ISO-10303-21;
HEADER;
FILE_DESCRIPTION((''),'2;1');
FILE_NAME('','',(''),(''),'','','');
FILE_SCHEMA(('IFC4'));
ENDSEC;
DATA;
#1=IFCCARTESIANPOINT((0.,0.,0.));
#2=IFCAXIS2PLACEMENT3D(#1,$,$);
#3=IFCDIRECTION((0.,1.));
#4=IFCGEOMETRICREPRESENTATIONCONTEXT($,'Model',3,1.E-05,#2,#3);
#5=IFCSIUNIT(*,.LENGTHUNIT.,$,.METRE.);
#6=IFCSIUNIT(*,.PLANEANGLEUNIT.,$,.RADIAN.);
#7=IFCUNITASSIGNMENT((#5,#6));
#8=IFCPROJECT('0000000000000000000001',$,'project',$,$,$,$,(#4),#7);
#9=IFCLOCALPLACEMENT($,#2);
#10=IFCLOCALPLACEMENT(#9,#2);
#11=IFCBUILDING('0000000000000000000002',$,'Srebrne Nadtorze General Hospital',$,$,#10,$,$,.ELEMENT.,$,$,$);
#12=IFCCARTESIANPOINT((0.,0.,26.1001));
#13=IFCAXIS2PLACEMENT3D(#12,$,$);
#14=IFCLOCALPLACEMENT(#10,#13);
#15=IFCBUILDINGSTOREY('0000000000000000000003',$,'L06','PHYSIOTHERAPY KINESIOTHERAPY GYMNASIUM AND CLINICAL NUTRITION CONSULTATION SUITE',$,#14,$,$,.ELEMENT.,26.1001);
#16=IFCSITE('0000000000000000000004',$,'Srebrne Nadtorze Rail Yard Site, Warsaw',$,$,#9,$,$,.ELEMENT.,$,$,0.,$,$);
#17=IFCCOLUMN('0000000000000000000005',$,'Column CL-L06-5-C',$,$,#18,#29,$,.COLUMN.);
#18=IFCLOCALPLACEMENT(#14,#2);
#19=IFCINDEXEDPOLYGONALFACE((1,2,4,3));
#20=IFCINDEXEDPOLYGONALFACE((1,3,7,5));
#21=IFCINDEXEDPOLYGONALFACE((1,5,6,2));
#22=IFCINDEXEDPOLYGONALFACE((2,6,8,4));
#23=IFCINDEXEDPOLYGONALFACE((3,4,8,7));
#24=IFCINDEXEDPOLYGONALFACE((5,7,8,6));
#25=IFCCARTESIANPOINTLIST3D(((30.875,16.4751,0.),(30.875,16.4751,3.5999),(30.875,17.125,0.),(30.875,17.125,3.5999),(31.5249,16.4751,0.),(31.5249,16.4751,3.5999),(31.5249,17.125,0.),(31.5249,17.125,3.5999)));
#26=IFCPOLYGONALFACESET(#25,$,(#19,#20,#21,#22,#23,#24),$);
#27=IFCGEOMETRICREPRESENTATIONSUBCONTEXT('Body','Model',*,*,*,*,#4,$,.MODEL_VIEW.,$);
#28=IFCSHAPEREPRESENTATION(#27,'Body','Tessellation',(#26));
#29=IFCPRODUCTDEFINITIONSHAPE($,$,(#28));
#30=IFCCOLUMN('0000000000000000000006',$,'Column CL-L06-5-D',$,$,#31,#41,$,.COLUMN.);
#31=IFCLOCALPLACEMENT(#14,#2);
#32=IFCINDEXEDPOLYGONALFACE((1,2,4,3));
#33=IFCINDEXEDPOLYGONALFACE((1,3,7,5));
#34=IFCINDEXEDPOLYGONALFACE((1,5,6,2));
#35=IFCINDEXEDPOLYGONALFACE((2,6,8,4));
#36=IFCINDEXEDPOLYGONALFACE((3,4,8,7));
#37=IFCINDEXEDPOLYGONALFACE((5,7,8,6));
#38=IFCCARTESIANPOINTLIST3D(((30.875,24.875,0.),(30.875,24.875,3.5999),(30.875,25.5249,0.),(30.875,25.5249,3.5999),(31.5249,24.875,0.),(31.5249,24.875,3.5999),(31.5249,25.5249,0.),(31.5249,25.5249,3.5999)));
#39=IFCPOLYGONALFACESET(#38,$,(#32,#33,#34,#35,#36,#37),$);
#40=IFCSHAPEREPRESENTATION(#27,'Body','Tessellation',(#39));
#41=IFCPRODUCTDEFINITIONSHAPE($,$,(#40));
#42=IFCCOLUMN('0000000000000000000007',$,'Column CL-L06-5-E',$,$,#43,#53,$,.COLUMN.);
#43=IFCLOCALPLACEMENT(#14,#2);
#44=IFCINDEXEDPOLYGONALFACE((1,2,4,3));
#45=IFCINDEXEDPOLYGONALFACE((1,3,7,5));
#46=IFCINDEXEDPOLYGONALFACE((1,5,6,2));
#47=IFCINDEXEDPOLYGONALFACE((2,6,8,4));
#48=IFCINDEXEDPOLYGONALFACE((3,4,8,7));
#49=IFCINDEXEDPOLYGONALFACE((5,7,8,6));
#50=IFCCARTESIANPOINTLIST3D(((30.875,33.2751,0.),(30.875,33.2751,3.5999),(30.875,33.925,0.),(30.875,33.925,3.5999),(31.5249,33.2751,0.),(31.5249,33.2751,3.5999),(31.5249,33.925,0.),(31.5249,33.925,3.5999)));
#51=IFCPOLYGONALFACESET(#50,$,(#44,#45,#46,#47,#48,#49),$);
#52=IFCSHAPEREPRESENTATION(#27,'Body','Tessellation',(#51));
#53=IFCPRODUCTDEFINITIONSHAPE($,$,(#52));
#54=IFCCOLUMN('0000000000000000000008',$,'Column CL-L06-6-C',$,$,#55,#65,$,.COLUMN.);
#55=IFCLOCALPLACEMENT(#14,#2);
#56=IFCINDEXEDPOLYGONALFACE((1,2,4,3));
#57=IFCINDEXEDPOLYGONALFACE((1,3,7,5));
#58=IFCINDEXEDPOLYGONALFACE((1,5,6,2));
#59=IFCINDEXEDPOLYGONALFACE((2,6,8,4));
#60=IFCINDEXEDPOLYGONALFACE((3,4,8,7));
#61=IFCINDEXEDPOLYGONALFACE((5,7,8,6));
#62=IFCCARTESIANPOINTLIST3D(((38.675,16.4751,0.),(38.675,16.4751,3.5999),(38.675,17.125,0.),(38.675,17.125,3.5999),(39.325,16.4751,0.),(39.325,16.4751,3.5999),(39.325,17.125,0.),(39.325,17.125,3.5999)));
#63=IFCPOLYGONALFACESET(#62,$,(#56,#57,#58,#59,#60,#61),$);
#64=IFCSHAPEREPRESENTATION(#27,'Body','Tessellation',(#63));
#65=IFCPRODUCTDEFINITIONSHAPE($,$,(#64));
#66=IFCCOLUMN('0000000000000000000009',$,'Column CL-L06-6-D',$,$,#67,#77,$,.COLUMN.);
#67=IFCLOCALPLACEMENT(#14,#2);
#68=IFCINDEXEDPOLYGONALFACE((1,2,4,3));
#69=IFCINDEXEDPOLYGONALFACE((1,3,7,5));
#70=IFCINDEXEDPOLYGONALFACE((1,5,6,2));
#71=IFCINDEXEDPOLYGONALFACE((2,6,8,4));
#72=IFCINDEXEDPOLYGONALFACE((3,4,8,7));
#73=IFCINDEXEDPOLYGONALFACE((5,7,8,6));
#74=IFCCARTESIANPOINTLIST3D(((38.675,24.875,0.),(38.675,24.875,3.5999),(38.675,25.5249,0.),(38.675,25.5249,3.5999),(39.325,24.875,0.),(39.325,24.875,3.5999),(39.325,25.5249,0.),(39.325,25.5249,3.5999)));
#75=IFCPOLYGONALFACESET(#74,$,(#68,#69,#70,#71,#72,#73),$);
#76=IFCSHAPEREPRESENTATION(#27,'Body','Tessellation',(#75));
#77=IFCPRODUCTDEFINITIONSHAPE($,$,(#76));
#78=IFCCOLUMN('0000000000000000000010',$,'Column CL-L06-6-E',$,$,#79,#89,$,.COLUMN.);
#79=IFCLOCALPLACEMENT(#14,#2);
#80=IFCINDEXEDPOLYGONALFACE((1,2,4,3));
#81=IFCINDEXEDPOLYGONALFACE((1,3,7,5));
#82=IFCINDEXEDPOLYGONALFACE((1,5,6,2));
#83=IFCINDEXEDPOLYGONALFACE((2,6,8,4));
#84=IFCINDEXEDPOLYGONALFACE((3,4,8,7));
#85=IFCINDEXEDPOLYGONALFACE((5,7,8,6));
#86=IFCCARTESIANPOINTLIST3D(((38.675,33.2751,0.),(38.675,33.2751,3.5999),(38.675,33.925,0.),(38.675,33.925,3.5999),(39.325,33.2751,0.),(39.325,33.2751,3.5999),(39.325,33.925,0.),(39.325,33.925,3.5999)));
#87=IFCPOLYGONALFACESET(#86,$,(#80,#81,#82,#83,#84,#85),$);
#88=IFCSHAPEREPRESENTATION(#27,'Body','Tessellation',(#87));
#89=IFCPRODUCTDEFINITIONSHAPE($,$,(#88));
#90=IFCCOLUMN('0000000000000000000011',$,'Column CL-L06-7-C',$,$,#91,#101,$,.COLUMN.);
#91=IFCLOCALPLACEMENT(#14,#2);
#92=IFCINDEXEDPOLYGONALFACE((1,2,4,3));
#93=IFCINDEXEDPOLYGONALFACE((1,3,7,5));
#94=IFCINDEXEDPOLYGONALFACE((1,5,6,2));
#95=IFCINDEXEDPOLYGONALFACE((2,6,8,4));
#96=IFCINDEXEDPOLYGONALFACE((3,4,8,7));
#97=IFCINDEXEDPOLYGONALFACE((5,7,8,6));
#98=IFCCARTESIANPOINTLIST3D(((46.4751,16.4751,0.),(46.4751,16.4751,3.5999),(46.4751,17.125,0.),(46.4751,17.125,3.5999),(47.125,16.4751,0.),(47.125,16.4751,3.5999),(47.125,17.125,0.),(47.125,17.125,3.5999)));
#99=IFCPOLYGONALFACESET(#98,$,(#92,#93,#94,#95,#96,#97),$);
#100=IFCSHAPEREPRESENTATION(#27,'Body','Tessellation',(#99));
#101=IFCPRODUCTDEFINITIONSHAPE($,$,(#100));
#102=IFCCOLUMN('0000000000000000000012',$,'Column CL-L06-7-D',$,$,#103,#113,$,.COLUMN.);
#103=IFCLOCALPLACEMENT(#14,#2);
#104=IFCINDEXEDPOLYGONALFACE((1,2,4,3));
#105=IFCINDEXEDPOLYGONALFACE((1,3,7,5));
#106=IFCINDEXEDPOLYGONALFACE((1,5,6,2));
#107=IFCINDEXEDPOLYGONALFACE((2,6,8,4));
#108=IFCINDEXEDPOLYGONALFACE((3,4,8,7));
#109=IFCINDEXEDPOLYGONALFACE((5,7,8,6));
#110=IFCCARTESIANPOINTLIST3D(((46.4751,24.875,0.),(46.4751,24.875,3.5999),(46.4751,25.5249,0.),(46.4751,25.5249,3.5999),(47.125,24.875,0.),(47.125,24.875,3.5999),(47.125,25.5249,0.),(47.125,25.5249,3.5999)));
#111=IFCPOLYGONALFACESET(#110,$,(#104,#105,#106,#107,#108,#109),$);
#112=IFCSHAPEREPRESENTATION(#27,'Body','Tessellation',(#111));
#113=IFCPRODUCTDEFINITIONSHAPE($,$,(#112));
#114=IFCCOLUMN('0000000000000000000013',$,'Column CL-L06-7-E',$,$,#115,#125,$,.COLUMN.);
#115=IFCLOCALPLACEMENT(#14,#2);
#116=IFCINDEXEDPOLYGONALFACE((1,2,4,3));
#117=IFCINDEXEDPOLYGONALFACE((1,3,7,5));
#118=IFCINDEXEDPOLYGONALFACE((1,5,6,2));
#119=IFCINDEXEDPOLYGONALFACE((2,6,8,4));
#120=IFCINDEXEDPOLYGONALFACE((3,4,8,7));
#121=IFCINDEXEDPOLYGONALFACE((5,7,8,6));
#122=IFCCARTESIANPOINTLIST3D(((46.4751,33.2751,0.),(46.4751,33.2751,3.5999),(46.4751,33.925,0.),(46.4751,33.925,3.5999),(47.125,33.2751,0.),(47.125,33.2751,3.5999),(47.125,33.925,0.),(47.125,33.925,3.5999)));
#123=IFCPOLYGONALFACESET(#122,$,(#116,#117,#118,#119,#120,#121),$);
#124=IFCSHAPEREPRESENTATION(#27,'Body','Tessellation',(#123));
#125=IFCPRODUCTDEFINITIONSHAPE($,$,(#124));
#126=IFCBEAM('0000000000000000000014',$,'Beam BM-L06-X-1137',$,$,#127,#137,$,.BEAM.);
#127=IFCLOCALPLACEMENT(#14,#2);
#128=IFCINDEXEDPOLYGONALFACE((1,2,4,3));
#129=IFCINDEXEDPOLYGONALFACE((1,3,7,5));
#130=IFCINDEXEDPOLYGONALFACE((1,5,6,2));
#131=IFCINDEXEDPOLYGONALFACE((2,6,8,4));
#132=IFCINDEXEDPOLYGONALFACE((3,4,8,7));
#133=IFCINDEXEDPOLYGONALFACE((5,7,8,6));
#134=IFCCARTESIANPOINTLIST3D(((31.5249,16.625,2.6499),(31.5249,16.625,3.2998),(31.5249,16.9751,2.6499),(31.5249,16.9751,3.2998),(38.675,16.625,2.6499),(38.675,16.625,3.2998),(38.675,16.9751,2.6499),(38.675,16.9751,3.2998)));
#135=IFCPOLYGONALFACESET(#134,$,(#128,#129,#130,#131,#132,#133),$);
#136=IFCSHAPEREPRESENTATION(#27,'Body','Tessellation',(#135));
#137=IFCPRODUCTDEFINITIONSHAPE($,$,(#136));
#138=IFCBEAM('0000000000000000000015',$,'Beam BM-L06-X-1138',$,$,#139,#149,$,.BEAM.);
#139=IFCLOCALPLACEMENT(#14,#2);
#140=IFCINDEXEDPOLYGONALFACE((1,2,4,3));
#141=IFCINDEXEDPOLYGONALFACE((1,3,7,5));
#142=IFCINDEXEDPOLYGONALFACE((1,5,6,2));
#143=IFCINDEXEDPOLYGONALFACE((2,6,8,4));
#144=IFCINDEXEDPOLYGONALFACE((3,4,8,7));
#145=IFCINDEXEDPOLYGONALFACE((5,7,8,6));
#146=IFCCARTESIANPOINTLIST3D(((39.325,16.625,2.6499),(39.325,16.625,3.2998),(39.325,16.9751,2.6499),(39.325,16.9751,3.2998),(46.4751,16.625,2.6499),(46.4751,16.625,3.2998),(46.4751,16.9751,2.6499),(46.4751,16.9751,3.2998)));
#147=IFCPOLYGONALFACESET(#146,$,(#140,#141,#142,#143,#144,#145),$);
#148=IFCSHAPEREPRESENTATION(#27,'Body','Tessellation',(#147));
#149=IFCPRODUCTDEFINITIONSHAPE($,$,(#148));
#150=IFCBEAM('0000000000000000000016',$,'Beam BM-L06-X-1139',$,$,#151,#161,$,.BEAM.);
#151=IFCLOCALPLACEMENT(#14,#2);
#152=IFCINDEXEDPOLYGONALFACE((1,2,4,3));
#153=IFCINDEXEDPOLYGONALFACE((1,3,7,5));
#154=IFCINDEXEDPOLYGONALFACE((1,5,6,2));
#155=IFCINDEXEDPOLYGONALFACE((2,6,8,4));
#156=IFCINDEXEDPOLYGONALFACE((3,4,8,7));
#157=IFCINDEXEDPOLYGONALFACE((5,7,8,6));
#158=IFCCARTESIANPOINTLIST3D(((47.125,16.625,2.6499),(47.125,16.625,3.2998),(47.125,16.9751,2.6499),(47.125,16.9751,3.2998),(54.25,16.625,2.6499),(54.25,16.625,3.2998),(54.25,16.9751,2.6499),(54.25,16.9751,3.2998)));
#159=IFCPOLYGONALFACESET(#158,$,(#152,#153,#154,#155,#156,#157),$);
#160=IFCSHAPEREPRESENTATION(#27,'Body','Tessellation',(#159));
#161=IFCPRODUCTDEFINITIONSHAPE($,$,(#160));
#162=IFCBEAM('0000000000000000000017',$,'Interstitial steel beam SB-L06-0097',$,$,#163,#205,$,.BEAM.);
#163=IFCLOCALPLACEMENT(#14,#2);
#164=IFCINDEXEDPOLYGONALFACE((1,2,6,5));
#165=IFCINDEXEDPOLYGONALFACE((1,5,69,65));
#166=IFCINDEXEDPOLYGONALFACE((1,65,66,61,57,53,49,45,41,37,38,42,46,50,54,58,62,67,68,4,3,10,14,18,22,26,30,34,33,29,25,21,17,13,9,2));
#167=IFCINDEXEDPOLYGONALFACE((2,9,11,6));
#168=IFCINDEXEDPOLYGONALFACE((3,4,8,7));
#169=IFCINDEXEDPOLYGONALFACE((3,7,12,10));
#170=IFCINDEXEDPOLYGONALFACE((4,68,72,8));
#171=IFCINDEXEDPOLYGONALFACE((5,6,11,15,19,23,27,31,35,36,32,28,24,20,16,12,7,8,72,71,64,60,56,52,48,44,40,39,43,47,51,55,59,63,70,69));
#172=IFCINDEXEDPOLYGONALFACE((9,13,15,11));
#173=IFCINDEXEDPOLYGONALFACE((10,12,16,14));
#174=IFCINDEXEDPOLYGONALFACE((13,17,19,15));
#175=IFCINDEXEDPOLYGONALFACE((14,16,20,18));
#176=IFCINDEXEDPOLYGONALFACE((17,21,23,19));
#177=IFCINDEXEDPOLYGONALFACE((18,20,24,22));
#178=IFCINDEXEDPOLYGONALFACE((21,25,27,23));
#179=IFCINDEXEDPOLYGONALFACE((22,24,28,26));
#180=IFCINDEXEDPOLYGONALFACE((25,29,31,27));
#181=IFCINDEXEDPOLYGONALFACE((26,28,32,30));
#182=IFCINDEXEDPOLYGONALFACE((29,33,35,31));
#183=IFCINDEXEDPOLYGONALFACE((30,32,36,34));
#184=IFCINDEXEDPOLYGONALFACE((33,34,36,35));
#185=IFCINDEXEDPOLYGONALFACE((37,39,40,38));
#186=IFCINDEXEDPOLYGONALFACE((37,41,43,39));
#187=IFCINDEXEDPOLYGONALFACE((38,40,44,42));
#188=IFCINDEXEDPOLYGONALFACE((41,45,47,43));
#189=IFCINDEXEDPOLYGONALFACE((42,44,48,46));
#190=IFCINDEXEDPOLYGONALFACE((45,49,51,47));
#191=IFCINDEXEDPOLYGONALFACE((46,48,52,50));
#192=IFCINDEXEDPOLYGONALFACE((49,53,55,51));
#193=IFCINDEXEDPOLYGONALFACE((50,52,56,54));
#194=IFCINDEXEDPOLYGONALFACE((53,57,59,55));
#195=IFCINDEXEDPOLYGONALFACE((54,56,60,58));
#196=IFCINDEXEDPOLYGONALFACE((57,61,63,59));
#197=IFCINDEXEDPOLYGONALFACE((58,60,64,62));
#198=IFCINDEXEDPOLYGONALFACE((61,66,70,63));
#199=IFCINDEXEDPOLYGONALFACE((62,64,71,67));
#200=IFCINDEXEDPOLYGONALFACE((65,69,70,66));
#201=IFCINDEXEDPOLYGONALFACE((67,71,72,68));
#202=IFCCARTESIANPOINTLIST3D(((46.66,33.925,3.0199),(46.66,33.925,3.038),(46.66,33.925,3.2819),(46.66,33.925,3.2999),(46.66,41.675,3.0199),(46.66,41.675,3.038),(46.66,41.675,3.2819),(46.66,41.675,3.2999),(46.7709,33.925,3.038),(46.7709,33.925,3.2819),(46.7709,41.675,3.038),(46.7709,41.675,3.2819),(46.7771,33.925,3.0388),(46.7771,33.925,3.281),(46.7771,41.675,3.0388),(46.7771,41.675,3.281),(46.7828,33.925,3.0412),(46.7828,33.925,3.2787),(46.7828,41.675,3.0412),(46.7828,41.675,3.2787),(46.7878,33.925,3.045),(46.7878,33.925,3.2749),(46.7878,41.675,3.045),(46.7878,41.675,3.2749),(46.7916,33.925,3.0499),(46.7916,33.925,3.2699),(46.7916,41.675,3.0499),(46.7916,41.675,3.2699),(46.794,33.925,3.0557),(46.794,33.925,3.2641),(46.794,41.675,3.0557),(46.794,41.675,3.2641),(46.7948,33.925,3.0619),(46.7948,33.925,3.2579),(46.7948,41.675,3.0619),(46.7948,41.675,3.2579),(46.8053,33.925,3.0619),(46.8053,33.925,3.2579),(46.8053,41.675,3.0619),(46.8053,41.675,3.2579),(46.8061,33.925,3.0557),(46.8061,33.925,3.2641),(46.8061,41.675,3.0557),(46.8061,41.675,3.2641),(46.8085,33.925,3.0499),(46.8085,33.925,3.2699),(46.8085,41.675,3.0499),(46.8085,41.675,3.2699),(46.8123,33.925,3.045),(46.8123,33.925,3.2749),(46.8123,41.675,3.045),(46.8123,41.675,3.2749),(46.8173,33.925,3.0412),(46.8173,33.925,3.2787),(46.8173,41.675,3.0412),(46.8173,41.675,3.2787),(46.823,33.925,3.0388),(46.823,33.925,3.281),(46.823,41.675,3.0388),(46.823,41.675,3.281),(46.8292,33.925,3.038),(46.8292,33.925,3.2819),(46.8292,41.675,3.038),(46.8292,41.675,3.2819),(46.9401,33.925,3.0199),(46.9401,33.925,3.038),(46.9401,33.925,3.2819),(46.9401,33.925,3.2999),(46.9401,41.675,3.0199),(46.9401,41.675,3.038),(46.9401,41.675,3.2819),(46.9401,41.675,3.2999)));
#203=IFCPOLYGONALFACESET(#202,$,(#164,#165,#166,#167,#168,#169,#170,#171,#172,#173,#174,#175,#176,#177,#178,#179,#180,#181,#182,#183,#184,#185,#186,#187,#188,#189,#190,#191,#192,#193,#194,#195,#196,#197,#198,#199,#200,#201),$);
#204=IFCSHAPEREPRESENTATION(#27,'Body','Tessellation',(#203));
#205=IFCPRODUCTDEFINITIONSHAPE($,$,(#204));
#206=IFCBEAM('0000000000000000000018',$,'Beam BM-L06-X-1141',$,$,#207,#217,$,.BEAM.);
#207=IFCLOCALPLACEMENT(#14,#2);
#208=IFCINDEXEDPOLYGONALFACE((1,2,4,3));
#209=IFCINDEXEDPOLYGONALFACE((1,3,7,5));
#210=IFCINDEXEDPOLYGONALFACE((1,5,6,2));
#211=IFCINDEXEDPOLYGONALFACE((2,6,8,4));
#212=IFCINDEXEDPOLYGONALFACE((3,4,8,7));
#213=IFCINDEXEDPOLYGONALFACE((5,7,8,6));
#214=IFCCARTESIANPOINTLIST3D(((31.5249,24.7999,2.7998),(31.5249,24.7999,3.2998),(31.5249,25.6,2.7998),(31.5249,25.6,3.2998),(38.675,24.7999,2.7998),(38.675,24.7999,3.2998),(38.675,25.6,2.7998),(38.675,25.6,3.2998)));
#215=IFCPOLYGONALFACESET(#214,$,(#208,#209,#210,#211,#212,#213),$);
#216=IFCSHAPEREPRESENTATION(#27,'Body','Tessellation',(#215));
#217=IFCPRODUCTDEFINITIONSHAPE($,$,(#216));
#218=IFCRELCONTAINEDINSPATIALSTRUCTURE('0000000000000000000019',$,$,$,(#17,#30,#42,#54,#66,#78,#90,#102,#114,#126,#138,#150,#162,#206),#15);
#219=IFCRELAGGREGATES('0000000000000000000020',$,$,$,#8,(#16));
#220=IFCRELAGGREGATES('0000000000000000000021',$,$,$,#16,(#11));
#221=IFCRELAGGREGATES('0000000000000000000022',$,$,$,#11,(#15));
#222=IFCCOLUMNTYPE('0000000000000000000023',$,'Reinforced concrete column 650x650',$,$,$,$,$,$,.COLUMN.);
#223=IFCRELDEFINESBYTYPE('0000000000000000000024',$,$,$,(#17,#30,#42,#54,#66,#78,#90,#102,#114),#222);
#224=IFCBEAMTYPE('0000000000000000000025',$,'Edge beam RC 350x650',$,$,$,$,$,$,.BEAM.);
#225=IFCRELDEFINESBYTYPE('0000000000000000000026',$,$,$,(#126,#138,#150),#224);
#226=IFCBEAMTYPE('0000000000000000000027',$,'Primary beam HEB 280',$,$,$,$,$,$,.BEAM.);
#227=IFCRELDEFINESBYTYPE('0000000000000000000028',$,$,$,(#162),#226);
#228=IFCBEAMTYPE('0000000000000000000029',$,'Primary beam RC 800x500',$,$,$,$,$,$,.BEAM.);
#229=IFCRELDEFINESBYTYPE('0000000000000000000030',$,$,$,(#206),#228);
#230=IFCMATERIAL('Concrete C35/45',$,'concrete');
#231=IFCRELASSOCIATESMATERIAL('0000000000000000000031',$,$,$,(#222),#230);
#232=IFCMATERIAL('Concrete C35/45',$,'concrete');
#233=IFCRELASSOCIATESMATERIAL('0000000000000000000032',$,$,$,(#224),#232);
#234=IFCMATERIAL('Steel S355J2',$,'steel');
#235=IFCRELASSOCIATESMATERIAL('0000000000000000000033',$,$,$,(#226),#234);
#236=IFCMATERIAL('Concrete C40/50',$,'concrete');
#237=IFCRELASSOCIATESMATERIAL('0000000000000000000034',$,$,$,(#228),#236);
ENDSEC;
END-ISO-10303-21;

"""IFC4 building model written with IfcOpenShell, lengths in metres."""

from ifc_helpers import new_model, si_unit, direction, frame, origin, origin_2d, place, context, subcontext, project, spatial, rectangle, i_section, extrude, material, material_profile, profile_set, type_object, element, save


model = new_model("IFC4")

# Units and contexts
model_context = context("Model", 3, precision=1e-05, world=origin(), true_north=direction((0.0, 1.0)))
body_context = subcontext(model_context, "Body", "Model", "MODEL_VIEW")
ifc_project = project(units=[si_unit("LENGTHUNIT", "METRE"), si_unit("PLANEANGLEUNIT", "RADIAN")], contexts=[model_context])

# Site, building, storey
site_placement = place(None, origin())
site = spatial("IfcSite", under=ifc_project, at=site_placement, Name="Srebrne Nadtorze Rail Yard Site, Warsaw", CompositionType="ELEMENT", RefElevation=0.0)
building_placement = place(site_placement, origin())
building = spatial("IfcBuilding", under=site, at=building_placement, Name="Srebrne Nadtorze General Hospital", CompositionType="ELEMENT")
storey_placement = place(building_placement, frame((0.0, 0.0, 26.1001)))
storey = spatial("IfcBuildingStorey", under=building, at=storey_placement, Name="L06", Description="PHYSIOTHERAPY KINESIOTHERAPY GYMNASIUM AND CLINICAL NUTRITION CONSULTATION SUITE", CompositionType="ELEMENT", Elevation=26.1001)

# Columns
ifc_material_1 = material(Name="Concrete C35/45", Category="concrete")
ifc_material_profile_1 = material_profile(ifc_material_1, rectangle(XDim=0.6499, YDim=0.6499, at=origin_2d()), Name="RC-COL-650x650")
ifc_profile_set_1 = profile_set([ifc_material_profile_1], Name="Concrete C35/45")
column_type = type_object("IfcColumnType", Name="Reinforced concrete column 650x650", PredefinedType="COLUMN", material=ifc_profile_set_1)
for number, where, z_axis, x_axis, name in (
    (1, (31.2, 16.8, 0.0), (0.0, 0.0, 1.0), (1.0, 0.0, 0.0), "Column CL-L06-5-C"),
    (2, (31.2, 25.2, 0.0), (0.0, 0.0, 1.0), (1.0, 0.0, 0.0), "Column CL-L06-5-D"),
    (3, (31.2, 33.6001, 0.0), (0.0, 0.0, 1.0), (1.0, 0.0, 0.0), "Column CL-L06-5-E"),
    (4, (39.0, 16.8, 0.0), (0.0, 0.0, 1.0), (1.0, 0.0, 0.0), "Column CL-L06-6-C"),
    (5, (39.0, 25.2, 0.0), (0.0, 0.0, 1.0), (1.0, 0.0, 0.0), "Column CL-L06-6-D"),
    (6, (39.0, 33.6001, 0.0), (0.0, 0.0, 1.0), (1.0, 0.0, 0.0), "Column CL-L06-6-E"),
    (7, (46.8, 16.8, 0.0), (0.0, 0.0, 1.0), (1.0, 0.0, 0.0), "Column CL-L06-7-C"),
    (8, (46.8, 25.2, 0.0), (0.0, 0.0, 1.0), (1.0, 0.0, 0.0), "Column CL-L06-7-D"),
    (9, (46.8, 33.6001, 0.0), (0.0, 0.0, 1.0), (1.0, 0.0, 0.0), "Column CL-L06-7-E"),
):
    element("IfcColumn", number, at=place(storey_placement, frame(where, z_axis=z_axis, x_axis=x_axis)), inside=storey, type_object=column_type, Name=name, PredefinedType="COLUMN", context=body_context, shape_type="SweptSolid", body=[
        extrude(rectangle(XDim=0.6499, YDim=0.6499, at=origin_2d()), origin(), (0.0, 0.0, 1.0), 3.5999),
    ])

# Beams
ifc_material_2 = material(Name="Concrete C35/45", Category="concrete")
ifc_material_profile_2 = material_profile(ifc_material_2, rectangle(XDim=0.3501, YDim=0.6499, at=origin_2d()), Name="RC-BM-350x650")
ifc_profile_set_2 = profile_set([ifc_material_profile_2], Name="Concrete C35/45")
beam_type_1 = type_object("IfcBeamType", Name="Edge beam RC 350x650", PredefinedType="BEAM", material=ifc_profile_set_2)
for number, where, z_axis, x_axis, name in (
    (10, (31.5249, 16.8, 2.9749), (1.0, 0.0, 0.0), (0.0, 1.0, 0.0), "Beam BM-L06-X-1137"),
    (11, (39.325, 16.8, 2.9749), (1.0, 0.0, 0.0), (0.0, 1.0, 0.0), "Beam BM-L06-X-1138"),
):
    element("IfcBeam", number, at=place(storey_placement, frame(where, z_axis=z_axis, x_axis=x_axis)), inside=storey, type_object=beam_type_1, Name=name, PredefinedType="BEAM", context=body_context, shape_type="SweptSolid", body=[
        extrude(rectangle(XDim=0.3501, YDim=0.6499, at=origin_2d()), origin(), (0.0, 0.0, 1.0), 7.1501),
    ])
beam_1_placement = place(storey_placement, frame((47.125, 16.8, 2.9749), z_axis=(1.0, 0.0, 0.0), x_axis=(0.0, 1.0, 0.0)))
element("IfcBeam", 12, at=beam_1_placement, inside=storey, type_object=beam_type_1, Name="Beam BM-L06-X-1139", PredefinedType="BEAM", context=body_context, shape_type="SweptSolid", body=[
    extrude(rectangle(XDim=0.3501, YDim=0.6499, at=origin_2d()), origin(), (0.0, 0.0, 1.0), 7.125),
])
ifc_material_3 = material(Name="Steel S355J2", Category="steel")
ifc_material_profile_3 = material_profile(ifc_material_3, i_section(OverallWidth=0.28, OverallDepth=0.28, WebThickness=0.0105, FlangeThickness=0.0181, FilletRadius=0.0239, at=origin_2d()), Name="HEB-280")
ifc_profile_set_3 = profile_set([ifc_material_profile_3], Name="Steel S355J2")
beam_type_2 = type_object("IfcBeamType", Name="Primary beam HEB 280", PredefinedType="BEAM", material=ifc_profile_set_3)
beam_2_placement = place(storey_placement, frame((46.8, 33.925, 3.1599), z_axis=(0.0, 1.0, 0.0), x_axis=(-1.0, 0.0, 0.0)))
element("IfcBeam", 13, at=beam_2_placement, inside=storey, type_object=beam_type_2, Name="Interstitial steel beam SB-L06-0097", PredefinedType="BEAM", context=body_context, shape_type="SweptSolid", body=[
    extrude(i_section(OverallWidth=0.28, OverallDepth=0.28, WebThickness=0.0105, FlangeThickness=0.0181, FilletRadius=0.0239, at=origin_2d()), origin(), (0.0, 0.0, 1.0), 7.75),
])
ifc_material_4 = material(Name="Concrete C40/50", Category="concrete")
ifc_material_profile_4 = material_profile(ifc_material_4, rectangle(XDim=0.8, YDim=0.5, at=origin_2d()), Name="RC-BM-800x500")
ifc_profile_set_4 = profile_set([ifc_material_profile_4], Name="Concrete C40/50")
beam_type_3 = type_object("IfcBeamType", Name="Primary beam RC 800x500", PredefinedType="BEAM", material=ifc_profile_set_4)
for number, where, z_axis, x_axis, name in (
    (14, (31.5249, 25.2, 3.0498), (1.0, 0.0, 0.0), (0.0, 1.0, 0.0), "Beam BM-L06-X-1141"),
):
    element("IfcBeam", number, at=place(storey_placement, frame(where, z_axis=z_axis, x_axis=x_axis)), inside=storey, type_object=beam_type_3, Name=name, PredefinedType="BEAM", context=body_context, shape_type="SweptSolid", body=[
        extrude(rectangle(XDim=0.8, YDim=0.5, at=origin_2d()), origin(), (0.0, 0.0, 1.0), 7.1501),
    ])

save(model, "model.ifc")
